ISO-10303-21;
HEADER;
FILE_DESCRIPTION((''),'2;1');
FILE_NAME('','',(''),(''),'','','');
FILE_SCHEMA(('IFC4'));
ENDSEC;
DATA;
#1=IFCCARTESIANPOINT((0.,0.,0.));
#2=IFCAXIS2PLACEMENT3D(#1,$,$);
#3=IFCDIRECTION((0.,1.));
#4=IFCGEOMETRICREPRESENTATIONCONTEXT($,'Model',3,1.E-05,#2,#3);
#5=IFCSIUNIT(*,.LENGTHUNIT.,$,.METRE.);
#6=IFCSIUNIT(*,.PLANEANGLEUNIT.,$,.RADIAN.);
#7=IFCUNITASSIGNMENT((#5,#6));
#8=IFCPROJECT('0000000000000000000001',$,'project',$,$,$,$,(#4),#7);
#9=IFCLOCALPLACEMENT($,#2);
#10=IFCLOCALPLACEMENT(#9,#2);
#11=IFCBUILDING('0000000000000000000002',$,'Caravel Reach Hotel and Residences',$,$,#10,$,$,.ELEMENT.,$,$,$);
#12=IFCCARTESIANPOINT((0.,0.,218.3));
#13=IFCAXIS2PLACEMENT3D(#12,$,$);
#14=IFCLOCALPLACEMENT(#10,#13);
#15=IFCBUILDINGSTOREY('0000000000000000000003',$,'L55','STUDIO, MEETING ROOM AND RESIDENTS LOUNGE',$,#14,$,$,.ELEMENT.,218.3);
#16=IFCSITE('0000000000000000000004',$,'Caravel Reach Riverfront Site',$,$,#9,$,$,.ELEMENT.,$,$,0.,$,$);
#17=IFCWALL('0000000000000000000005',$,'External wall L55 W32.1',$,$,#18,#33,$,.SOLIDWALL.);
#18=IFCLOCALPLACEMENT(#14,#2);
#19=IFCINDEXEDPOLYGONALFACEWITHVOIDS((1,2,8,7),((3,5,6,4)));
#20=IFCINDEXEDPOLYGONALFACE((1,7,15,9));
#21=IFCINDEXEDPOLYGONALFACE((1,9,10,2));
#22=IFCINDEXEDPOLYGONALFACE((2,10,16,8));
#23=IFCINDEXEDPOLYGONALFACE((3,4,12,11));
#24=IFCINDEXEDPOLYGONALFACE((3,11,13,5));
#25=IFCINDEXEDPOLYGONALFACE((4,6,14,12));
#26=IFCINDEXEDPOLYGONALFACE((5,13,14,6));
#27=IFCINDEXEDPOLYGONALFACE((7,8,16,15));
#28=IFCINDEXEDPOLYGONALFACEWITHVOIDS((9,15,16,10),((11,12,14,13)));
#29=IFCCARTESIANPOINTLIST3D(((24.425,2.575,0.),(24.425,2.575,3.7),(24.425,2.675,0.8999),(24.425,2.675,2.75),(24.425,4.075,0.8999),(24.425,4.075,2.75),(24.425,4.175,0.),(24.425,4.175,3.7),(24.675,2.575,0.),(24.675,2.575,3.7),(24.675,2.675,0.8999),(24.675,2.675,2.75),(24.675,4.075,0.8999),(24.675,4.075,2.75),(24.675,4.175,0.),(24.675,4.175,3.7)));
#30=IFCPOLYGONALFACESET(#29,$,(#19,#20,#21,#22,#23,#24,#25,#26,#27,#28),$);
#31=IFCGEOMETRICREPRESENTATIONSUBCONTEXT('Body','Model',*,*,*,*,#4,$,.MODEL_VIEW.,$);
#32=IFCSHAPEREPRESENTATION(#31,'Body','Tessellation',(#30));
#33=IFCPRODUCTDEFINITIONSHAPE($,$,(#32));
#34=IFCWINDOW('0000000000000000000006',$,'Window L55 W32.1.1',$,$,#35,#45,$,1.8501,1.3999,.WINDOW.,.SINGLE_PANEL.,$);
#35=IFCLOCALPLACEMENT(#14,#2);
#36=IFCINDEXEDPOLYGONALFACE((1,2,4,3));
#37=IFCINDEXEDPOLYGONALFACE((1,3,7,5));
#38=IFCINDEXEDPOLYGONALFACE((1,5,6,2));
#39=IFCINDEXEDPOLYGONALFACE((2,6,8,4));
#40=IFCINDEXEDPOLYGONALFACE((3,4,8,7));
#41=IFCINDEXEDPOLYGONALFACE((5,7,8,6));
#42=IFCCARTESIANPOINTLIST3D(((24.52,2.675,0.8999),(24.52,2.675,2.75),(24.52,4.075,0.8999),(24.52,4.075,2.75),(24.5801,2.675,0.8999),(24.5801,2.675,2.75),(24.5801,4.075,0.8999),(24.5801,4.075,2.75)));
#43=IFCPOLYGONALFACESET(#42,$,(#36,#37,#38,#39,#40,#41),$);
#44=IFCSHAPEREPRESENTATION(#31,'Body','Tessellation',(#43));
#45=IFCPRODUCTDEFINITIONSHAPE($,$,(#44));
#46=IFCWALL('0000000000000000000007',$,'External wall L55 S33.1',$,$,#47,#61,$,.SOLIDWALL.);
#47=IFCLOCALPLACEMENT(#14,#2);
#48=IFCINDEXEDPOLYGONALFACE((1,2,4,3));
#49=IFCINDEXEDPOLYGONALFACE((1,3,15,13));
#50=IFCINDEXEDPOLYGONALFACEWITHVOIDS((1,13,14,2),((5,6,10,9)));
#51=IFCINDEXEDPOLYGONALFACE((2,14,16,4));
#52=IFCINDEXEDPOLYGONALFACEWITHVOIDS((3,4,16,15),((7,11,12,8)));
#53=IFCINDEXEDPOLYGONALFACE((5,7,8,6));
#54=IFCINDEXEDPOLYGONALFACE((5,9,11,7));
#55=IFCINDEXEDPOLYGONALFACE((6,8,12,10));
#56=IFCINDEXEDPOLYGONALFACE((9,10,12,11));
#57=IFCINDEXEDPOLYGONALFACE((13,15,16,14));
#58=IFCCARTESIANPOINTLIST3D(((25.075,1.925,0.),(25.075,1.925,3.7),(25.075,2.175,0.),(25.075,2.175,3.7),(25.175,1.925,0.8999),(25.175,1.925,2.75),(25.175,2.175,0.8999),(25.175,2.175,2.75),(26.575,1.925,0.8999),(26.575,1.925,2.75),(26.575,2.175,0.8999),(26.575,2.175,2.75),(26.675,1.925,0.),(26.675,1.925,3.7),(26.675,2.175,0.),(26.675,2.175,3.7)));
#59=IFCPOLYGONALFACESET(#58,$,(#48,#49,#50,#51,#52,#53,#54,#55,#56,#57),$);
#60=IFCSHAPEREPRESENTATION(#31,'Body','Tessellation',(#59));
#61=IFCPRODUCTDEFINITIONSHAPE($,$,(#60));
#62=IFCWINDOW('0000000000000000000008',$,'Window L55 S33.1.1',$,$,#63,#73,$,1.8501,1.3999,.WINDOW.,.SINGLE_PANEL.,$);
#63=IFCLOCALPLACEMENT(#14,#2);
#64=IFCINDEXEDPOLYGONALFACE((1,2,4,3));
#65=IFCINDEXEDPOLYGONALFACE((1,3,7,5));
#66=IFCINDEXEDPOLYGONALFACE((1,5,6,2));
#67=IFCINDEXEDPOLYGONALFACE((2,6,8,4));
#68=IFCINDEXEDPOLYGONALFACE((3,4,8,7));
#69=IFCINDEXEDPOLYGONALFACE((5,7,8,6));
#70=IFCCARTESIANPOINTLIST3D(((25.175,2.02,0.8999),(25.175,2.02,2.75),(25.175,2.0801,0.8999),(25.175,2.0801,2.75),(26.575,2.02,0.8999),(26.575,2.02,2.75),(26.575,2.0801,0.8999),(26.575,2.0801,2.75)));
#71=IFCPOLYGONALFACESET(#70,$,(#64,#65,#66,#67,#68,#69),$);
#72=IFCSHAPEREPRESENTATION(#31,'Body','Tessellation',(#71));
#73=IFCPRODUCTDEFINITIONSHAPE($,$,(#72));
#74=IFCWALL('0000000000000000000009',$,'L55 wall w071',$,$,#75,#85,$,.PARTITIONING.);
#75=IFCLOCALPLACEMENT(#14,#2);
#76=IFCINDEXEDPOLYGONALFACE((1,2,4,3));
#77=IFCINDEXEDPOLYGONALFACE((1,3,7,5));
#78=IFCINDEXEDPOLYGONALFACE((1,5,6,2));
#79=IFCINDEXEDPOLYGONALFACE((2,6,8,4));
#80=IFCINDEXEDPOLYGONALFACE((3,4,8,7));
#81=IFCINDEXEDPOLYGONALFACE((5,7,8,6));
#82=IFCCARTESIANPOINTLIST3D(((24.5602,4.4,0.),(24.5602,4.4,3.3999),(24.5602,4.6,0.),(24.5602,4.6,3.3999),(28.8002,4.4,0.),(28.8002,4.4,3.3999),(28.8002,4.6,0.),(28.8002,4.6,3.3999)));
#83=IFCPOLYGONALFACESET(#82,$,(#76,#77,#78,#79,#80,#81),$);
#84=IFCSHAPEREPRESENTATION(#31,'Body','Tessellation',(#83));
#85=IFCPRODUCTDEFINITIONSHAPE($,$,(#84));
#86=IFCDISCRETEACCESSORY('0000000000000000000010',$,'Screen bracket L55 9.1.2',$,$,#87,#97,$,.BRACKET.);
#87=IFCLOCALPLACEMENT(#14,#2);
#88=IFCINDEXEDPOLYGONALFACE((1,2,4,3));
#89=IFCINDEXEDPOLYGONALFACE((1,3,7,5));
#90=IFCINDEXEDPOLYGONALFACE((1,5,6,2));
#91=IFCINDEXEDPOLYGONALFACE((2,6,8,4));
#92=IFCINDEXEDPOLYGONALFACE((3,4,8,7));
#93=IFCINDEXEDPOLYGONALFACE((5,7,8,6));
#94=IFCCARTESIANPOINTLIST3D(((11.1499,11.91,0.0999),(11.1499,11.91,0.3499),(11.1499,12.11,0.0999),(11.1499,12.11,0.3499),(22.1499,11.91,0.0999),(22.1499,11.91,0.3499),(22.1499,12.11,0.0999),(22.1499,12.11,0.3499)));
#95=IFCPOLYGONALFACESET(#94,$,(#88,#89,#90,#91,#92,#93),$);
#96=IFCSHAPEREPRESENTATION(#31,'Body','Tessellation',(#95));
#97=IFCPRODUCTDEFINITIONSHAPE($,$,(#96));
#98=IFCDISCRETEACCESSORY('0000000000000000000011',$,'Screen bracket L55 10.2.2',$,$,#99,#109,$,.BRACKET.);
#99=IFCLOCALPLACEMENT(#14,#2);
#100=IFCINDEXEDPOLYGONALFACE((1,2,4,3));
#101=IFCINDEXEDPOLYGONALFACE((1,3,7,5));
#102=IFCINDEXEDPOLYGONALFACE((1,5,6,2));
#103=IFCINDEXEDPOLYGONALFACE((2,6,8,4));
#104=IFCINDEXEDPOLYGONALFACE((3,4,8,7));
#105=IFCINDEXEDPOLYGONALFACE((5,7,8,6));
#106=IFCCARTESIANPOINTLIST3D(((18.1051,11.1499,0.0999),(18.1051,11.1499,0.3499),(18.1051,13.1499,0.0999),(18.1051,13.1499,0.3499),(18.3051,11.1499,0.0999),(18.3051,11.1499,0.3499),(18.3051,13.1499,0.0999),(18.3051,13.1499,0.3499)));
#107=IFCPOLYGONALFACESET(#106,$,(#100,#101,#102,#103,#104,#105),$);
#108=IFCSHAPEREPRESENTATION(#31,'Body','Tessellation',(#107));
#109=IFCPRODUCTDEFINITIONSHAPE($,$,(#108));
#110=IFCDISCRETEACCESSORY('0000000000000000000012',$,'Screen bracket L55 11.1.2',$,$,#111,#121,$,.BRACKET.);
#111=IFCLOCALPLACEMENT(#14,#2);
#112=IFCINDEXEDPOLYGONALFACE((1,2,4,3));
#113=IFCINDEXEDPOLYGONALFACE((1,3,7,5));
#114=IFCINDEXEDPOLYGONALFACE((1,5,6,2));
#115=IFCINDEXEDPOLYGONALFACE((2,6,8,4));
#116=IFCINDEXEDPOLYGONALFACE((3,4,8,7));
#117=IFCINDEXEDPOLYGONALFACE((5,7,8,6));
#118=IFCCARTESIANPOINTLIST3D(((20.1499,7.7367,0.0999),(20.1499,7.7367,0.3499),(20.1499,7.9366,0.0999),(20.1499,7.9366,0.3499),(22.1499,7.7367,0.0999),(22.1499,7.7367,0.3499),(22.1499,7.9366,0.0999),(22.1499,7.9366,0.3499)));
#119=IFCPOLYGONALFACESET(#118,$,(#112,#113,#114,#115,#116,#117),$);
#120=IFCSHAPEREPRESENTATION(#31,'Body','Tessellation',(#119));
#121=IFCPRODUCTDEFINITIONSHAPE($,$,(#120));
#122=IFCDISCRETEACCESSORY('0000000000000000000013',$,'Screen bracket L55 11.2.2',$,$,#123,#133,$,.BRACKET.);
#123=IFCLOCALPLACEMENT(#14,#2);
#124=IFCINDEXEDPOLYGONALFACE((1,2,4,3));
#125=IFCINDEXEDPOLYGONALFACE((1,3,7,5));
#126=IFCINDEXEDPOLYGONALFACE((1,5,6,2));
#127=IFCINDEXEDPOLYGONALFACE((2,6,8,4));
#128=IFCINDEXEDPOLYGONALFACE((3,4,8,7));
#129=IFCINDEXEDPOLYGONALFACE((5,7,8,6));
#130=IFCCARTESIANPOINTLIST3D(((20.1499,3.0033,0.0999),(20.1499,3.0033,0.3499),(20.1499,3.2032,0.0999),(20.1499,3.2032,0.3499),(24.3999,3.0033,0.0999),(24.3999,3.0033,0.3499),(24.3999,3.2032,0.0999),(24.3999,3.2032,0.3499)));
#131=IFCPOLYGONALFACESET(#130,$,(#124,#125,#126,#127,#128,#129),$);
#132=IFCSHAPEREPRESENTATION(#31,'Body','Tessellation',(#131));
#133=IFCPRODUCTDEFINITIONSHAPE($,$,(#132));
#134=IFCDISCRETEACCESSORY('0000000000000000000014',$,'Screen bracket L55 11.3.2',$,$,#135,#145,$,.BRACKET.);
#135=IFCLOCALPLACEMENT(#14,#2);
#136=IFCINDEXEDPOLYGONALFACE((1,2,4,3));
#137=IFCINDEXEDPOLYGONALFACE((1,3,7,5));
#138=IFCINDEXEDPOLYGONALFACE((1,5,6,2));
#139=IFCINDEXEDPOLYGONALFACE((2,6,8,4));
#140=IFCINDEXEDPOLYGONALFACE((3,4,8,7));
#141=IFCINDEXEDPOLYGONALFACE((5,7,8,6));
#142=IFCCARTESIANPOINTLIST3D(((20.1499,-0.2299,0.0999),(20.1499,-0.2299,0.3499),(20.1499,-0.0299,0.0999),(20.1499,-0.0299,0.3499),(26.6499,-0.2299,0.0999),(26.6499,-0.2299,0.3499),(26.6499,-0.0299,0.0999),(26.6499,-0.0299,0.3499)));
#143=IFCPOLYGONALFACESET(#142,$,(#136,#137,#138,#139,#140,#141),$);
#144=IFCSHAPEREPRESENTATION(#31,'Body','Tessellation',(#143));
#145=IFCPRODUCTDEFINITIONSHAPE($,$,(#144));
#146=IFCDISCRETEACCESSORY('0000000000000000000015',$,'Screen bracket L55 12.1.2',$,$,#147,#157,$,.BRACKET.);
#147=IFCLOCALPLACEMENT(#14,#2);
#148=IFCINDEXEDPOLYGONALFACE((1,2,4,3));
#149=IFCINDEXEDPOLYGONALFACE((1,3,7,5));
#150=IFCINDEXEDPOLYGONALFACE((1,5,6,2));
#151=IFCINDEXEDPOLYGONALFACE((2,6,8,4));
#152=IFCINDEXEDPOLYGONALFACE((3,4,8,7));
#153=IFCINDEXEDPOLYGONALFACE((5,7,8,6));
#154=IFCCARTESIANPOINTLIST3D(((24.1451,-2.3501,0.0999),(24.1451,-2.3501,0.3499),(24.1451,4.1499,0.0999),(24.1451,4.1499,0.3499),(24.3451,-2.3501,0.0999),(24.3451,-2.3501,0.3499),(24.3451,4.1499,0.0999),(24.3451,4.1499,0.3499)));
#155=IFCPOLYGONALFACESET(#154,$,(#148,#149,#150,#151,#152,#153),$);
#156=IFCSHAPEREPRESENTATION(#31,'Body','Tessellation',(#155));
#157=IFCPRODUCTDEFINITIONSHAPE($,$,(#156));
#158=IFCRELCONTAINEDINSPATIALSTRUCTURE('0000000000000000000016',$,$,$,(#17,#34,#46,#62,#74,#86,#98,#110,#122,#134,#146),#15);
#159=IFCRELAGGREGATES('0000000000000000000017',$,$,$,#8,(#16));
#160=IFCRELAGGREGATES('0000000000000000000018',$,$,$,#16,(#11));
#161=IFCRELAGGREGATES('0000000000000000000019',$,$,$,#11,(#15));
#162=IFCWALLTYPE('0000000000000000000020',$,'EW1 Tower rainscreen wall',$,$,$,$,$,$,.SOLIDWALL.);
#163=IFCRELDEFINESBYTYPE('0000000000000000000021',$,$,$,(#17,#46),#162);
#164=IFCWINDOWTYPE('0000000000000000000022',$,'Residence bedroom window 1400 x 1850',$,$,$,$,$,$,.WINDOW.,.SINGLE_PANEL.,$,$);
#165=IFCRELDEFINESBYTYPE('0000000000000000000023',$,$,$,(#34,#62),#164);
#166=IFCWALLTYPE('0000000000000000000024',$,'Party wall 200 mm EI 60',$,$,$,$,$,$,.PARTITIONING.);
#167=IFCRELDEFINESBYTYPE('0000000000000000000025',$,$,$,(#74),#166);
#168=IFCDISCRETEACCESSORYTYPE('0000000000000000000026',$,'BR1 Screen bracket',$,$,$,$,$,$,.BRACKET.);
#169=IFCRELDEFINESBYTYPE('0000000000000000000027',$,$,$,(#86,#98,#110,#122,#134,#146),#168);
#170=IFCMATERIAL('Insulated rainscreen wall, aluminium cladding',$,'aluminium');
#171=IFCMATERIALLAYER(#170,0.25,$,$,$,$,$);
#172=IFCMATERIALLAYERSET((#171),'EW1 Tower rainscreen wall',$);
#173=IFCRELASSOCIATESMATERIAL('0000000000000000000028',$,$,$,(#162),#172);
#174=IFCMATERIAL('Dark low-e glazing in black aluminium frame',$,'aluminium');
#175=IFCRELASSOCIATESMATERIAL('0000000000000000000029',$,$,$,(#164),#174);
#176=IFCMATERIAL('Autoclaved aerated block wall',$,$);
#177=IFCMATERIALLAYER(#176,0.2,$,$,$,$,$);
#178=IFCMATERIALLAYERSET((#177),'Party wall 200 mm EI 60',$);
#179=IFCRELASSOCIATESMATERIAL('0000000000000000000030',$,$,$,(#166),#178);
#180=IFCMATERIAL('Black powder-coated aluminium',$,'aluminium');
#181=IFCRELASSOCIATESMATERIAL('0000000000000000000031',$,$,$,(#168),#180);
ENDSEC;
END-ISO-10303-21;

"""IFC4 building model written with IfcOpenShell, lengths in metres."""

from ifc_helpers import new_model, si_unit, direction, frame, frame_2d, origin, origin_2d, place, context, subcontext, project, spatial, rectangle, extrude, material, layer, layer_set, type_object, element, fill, save


model = new_model("IFC4")

# Units and contexts
model_context = context("Model", 3, precision=1e-05, world=origin(), true_north=direction((0.0, 1.0)))
body_context = subcontext(model_context, "Body", "Model", "MODEL_VIEW")
ifc_project = project(units=[si_unit("LENGTHUNIT", "METRE"), si_unit("PLANEANGLEUNIT", "RADIAN")], contexts=[model_context])

# Site, building, storey
site_placement = place(None, origin())
site = spatial("IfcSite", under=ifc_project, at=site_placement, Name="Caravel Reach Riverfront Site", CompositionType="ELEMENT", RefElevation=0.0)
building_placement = place(site_placement, origin())
building = spatial("IfcBuilding", under=site, at=building_placement, Name="Caravel Reach Hotel and Residences", CompositionType="ELEMENT")
storey_placement = place(building_placement, frame((0.0, 0.0, 218.3)))
storey = spatial("IfcBuildingStorey", under=building, at=storey_placement, Name="L55", Description="STUDIO, MEETING ROOM AND RESIDENTS LOUNGE", CompositionType="ELEMENT", Elevation=218.3)

# Shared definitions
ifc_material_1 = material(Name="Insulated rainscreen wall, aluminium cladding", Category="aluminium")
ifc_layer_1 = layer(ifc_material_1, 0.25)
ifc_layer_set_1 = layer_set([ifc_layer_1], Name="EW1 Tower rainscreen wall")
wall_type_1 = type_object("IfcWallType", Name="EW1 Tower rainscreen wall", PredefinedType="SOLIDWALL", material=ifc_layer_set_1)

# Walls, openings, windows
ifc_material_2 = material(Name="Dark low-e glazing in black aluminium frame", Category="aluminium")
window_type_1 = type_object("IfcWindowType", Name="Residence bedroom window 1400 x 1850", PartitioningType="SINGLE_PANEL", PredefinedType="WINDOW", material=ifc_material_2)
wall_1_placement = place(storey_placement, frame((24.55, 4.175, 0.0), z_axis=(0.0, 0.0, 1.0), x_axis=(0.0, -1.0, 0.0)))
wall_1 = element("IfcWall", 1, at=wall_1_placement, inside=storey, type_object=wall_type_1, Name="External wall L55 W32.1", PredefinedType="SOLIDWALL", context=body_context, shape_type="SweptSolid", body=[
    extrude(rectangle(XDim=1.6001, YDim=0.25, at=frame_2d((0.8, 0.0))), origin(), (0.0, 0.0, 1.0), 3.7),
])
opening_1_placement = place(wall_1_placement, frame((0.1001, 0.0, 0.8999)))
opening_1 = element("IfcOpeningElement", 2, at=opening_1_placement, cuts=wall_1, PredefinedType="OPENING", context=body_context, shape_type="SweptSolid", body=[
    extrude(rectangle(XDim=1.3999, YDim=1.8501, at=frame_2d((0.7, 0.925))), frame((0.0, 0.135, 0.0), z_axis=(0.0, -1.0, 0.0), x_axis=(1.0, 0.0, 0.0)), (0.0, 0.0, 1.0), 0.27),
])
window_1_placement = place(opening_1_placement, origin())
window_1 = element("IfcWindow", 3, at=window_1_placement, inside=storey, type_object=window_type_1, Name="Window L55 W32.1.1", OverallHeight=1.8501, OverallWidth=1.3999, PartitioningType="SINGLE_PANEL", PredefinedType="WINDOW", context=body_context, shape_type="SweptSolid", body=[
    extrude(rectangle(XDim=1.3999, YDim=1.8501, at=frame_2d((0.7, 0.925))), frame((0.0, 0.03, 0.0), z_axis=(0.0, -1.0, 0.0), x_axis=(1.0, 0.0, 0.0)), (0.0, 0.0, 1.0), 0.0601),
])
fill(opening_1, window_1)
wall_2_placement = place(storey_placement, frame((25.075, 2.05, 0.0), z_axis=(0.0, 0.0, 1.0), x_axis=(1.0, 0.0, 0.0)))
wall_2 = element("IfcWall", 4, at=wall_2_placement, inside=storey, type_object=wall_type_1, Name="External wall L55 S33.1", PredefinedType="SOLIDWALL", context=body_context, shape_type="SweptSolid", body=[
    extrude(rectangle(XDim=1.6001, YDim=0.25, at=frame_2d((0.8, 0.0))), origin(), (0.0, 0.0, 1.0), 3.7),
])
opening_2_placement = place(wall_2_placement, frame((0.1001, 0.0, 0.8999)))
opening_2 = element("IfcOpeningElement", 5, at=opening_2_placement, cuts=wall_2, PredefinedType="OPENING", context=body_context, shape_type="SweptSolid", body=[
    extrude(rectangle(XDim=1.3999, YDim=1.8501, at=frame_2d((0.7, 0.925))), frame((0.0, 0.135, 0.0), z_axis=(0.0, -1.0, 0.0), x_axis=(1.0, 0.0, 0.0)), (0.0, 0.0, 1.0), 0.27),
])
window_2_placement = place(opening_2_placement, origin())
window_2 = element("IfcWindow", 6, at=window_2_placement, inside=storey, type_object=window_type_1, Name="Window L55 S33.1.1", OverallHeight=1.8501, OverallWidth=1.3999, PartitioningType="SINGLE_PANEL", PredefinedType="WINDOW", context=body_context, shape_type="SweptSolid", body=[
    extrude(rectangle(XDim=1.3999, YDim=1.8501, at=frame_2d((0.7, 0.925))), frame((0.0, 0.03, 0.0), z_axis=(0.0, -1.0, 0.0), x_axis=(1.0, 0.0, 0.0)), (0.0, 0.0, 1.0), 0.0601),
])
fill(opening_2, window_2)

# Wall
ifc_material_3 = material(Name="Autoclaved aerated block wall")
ifc_layer_2 = layer(ifc_material_3, 0.2)
ifc_layer_set_2 = layer_set([ifc_layer_2], Name="Party wall 200 mm EI 60")
wall_type_2 = type_object("IfcWallType", Name="Party wall 200 mm EI 60", PredefinedType="PARTITIONING", material=ifc_layer_set_2)
wall_3_placement = place(storey_placement, frame((24.5601, 4.5, 0.0), z_axis=(0.0, 0.0, 1.0), x_axis=(1.0, 0.0, 0.0)))
element("IfcWall", 7, at=wall_3_placement, inside=storey, type_object=wall_type_2, Name="L55 wall w071", PredefinedType="PARTITIONING", context=body_context, shape_type="SweptSolid", body=[
    extrude(rectangle(XDim=4.24, YDim=0.2, at=frame_2d((2.1201, 0.0))), origin(), (0.0, 0.0, 1.0), 3.3999),
])

# Discrete accessories
ifc_material_4 = material(Name="Black powder-coated aluminium", Category="aluminium")
discrete_accessory_type = type_object("IfcDiscreteAccessoryType", Name="BR1 Screen bracket", PredefinedType="BRACKET", material=ifc_material_4)
discrete_accessory_1_placement = place(storey_placement, frame((16.6499, 12.01, 0.0999), z_axis=(0.0, 0.0, 1.0), x_axis=(-1.0, 0.0, 0.0)))
element("IfcDiscreteAccessory", 8, at=discrete_accessory_1_placement, inside=storey, type_object=discrete_accessory_type, Name="Screen bracket L55 9.1.2", PredefinedType="BRACKET", context=body_context, shape_type="SweptSolid", body=[
    extrude(rectangle(XDim=11.0, YDim=0.2, at=origin_2d()), origin(), (0.0, 0.0, 1.0), 0.25),
])
for number, where, z_axis, x_axis, name in (
    (9, (18.2051, 12.1499, 0.0999), (0.0, 0.0, 1.0), (0.0, -1.0, 0.0), "Screen bracket L55 10.2.2"),
    (10, (21.1499, 7.8367, 0.0999), (0.0, 0.0, 1.0), (-1.0, 0.0, 0.0), "Screen bracket L55 11.1.2"),
):
    element("IfcDiscreteAccessory", number, at=place(storey_placement, frame(where, z_axis=z_axis, x_axis=x_axis)), inside=storey, type_object=discrete_accessory_type, Name=name, PredefinedType="BRACKET", context=body_context, shape_type="SweptSolid", body=[
        extrude(rectangle(XDim=2.0, YDim=0.2, at=origin_2d()), origin(), (0.0, 0.0, 1.0), 0.25),
    ])
discrete_accessory_2_placement = place(storey_placement, frame((22.2749, 3.1033, 0.0999), z_axis=(0.0, 0.0, 1.0), x_axis=(-1.0, 0.0, 0.0)))
element("IfcDiscreteAccessory", 11, at=discrete_accessory_2_placement, inside=storey, type_object=discrete_accessory_type, Name="Screen bracket L55 11.2.2", PredefinedType="BRACKET", context=body_context, shape_type="SweptSolid", body=[
    extrude(rectangle(XDim=4.25, YDim=0.2, at=origin_2d()), origin(), (0.0, 0.0, 1.0), 0.25),
])
for number, where, z_axis, x_axis, name in (
    (12, (23.3999, -0.1299, 0.0999), (0.0, 0.0, 1.0), (-1.0, 0.0, 0.0), "Screen bracket L55 11.3.2"),
    (13, (24.2451, 0.8999, 0.0999), (0.0, 0.0, 1.0), (0.0, -1.0, 0.0), "Screen bracket L55 12.1.2"),
):
    element("IfcDiscreteAccessory", number, at=place(storey_placement, frame(where, z_axis=z_axis, x_axis=x_axis)), inside=storey, type_object=discrete_accessory_type, Name=name, PredefinedType="BRACKET", context=body_context, shape_type="SweptSolid", body=[
        extrude(rectangle(XDim=6.5, YDim=0.2, at=origin_2d()), origin(), (0.0, 0.0, 1.0), 0.25),
    ])

save(model, "model.ifc")
